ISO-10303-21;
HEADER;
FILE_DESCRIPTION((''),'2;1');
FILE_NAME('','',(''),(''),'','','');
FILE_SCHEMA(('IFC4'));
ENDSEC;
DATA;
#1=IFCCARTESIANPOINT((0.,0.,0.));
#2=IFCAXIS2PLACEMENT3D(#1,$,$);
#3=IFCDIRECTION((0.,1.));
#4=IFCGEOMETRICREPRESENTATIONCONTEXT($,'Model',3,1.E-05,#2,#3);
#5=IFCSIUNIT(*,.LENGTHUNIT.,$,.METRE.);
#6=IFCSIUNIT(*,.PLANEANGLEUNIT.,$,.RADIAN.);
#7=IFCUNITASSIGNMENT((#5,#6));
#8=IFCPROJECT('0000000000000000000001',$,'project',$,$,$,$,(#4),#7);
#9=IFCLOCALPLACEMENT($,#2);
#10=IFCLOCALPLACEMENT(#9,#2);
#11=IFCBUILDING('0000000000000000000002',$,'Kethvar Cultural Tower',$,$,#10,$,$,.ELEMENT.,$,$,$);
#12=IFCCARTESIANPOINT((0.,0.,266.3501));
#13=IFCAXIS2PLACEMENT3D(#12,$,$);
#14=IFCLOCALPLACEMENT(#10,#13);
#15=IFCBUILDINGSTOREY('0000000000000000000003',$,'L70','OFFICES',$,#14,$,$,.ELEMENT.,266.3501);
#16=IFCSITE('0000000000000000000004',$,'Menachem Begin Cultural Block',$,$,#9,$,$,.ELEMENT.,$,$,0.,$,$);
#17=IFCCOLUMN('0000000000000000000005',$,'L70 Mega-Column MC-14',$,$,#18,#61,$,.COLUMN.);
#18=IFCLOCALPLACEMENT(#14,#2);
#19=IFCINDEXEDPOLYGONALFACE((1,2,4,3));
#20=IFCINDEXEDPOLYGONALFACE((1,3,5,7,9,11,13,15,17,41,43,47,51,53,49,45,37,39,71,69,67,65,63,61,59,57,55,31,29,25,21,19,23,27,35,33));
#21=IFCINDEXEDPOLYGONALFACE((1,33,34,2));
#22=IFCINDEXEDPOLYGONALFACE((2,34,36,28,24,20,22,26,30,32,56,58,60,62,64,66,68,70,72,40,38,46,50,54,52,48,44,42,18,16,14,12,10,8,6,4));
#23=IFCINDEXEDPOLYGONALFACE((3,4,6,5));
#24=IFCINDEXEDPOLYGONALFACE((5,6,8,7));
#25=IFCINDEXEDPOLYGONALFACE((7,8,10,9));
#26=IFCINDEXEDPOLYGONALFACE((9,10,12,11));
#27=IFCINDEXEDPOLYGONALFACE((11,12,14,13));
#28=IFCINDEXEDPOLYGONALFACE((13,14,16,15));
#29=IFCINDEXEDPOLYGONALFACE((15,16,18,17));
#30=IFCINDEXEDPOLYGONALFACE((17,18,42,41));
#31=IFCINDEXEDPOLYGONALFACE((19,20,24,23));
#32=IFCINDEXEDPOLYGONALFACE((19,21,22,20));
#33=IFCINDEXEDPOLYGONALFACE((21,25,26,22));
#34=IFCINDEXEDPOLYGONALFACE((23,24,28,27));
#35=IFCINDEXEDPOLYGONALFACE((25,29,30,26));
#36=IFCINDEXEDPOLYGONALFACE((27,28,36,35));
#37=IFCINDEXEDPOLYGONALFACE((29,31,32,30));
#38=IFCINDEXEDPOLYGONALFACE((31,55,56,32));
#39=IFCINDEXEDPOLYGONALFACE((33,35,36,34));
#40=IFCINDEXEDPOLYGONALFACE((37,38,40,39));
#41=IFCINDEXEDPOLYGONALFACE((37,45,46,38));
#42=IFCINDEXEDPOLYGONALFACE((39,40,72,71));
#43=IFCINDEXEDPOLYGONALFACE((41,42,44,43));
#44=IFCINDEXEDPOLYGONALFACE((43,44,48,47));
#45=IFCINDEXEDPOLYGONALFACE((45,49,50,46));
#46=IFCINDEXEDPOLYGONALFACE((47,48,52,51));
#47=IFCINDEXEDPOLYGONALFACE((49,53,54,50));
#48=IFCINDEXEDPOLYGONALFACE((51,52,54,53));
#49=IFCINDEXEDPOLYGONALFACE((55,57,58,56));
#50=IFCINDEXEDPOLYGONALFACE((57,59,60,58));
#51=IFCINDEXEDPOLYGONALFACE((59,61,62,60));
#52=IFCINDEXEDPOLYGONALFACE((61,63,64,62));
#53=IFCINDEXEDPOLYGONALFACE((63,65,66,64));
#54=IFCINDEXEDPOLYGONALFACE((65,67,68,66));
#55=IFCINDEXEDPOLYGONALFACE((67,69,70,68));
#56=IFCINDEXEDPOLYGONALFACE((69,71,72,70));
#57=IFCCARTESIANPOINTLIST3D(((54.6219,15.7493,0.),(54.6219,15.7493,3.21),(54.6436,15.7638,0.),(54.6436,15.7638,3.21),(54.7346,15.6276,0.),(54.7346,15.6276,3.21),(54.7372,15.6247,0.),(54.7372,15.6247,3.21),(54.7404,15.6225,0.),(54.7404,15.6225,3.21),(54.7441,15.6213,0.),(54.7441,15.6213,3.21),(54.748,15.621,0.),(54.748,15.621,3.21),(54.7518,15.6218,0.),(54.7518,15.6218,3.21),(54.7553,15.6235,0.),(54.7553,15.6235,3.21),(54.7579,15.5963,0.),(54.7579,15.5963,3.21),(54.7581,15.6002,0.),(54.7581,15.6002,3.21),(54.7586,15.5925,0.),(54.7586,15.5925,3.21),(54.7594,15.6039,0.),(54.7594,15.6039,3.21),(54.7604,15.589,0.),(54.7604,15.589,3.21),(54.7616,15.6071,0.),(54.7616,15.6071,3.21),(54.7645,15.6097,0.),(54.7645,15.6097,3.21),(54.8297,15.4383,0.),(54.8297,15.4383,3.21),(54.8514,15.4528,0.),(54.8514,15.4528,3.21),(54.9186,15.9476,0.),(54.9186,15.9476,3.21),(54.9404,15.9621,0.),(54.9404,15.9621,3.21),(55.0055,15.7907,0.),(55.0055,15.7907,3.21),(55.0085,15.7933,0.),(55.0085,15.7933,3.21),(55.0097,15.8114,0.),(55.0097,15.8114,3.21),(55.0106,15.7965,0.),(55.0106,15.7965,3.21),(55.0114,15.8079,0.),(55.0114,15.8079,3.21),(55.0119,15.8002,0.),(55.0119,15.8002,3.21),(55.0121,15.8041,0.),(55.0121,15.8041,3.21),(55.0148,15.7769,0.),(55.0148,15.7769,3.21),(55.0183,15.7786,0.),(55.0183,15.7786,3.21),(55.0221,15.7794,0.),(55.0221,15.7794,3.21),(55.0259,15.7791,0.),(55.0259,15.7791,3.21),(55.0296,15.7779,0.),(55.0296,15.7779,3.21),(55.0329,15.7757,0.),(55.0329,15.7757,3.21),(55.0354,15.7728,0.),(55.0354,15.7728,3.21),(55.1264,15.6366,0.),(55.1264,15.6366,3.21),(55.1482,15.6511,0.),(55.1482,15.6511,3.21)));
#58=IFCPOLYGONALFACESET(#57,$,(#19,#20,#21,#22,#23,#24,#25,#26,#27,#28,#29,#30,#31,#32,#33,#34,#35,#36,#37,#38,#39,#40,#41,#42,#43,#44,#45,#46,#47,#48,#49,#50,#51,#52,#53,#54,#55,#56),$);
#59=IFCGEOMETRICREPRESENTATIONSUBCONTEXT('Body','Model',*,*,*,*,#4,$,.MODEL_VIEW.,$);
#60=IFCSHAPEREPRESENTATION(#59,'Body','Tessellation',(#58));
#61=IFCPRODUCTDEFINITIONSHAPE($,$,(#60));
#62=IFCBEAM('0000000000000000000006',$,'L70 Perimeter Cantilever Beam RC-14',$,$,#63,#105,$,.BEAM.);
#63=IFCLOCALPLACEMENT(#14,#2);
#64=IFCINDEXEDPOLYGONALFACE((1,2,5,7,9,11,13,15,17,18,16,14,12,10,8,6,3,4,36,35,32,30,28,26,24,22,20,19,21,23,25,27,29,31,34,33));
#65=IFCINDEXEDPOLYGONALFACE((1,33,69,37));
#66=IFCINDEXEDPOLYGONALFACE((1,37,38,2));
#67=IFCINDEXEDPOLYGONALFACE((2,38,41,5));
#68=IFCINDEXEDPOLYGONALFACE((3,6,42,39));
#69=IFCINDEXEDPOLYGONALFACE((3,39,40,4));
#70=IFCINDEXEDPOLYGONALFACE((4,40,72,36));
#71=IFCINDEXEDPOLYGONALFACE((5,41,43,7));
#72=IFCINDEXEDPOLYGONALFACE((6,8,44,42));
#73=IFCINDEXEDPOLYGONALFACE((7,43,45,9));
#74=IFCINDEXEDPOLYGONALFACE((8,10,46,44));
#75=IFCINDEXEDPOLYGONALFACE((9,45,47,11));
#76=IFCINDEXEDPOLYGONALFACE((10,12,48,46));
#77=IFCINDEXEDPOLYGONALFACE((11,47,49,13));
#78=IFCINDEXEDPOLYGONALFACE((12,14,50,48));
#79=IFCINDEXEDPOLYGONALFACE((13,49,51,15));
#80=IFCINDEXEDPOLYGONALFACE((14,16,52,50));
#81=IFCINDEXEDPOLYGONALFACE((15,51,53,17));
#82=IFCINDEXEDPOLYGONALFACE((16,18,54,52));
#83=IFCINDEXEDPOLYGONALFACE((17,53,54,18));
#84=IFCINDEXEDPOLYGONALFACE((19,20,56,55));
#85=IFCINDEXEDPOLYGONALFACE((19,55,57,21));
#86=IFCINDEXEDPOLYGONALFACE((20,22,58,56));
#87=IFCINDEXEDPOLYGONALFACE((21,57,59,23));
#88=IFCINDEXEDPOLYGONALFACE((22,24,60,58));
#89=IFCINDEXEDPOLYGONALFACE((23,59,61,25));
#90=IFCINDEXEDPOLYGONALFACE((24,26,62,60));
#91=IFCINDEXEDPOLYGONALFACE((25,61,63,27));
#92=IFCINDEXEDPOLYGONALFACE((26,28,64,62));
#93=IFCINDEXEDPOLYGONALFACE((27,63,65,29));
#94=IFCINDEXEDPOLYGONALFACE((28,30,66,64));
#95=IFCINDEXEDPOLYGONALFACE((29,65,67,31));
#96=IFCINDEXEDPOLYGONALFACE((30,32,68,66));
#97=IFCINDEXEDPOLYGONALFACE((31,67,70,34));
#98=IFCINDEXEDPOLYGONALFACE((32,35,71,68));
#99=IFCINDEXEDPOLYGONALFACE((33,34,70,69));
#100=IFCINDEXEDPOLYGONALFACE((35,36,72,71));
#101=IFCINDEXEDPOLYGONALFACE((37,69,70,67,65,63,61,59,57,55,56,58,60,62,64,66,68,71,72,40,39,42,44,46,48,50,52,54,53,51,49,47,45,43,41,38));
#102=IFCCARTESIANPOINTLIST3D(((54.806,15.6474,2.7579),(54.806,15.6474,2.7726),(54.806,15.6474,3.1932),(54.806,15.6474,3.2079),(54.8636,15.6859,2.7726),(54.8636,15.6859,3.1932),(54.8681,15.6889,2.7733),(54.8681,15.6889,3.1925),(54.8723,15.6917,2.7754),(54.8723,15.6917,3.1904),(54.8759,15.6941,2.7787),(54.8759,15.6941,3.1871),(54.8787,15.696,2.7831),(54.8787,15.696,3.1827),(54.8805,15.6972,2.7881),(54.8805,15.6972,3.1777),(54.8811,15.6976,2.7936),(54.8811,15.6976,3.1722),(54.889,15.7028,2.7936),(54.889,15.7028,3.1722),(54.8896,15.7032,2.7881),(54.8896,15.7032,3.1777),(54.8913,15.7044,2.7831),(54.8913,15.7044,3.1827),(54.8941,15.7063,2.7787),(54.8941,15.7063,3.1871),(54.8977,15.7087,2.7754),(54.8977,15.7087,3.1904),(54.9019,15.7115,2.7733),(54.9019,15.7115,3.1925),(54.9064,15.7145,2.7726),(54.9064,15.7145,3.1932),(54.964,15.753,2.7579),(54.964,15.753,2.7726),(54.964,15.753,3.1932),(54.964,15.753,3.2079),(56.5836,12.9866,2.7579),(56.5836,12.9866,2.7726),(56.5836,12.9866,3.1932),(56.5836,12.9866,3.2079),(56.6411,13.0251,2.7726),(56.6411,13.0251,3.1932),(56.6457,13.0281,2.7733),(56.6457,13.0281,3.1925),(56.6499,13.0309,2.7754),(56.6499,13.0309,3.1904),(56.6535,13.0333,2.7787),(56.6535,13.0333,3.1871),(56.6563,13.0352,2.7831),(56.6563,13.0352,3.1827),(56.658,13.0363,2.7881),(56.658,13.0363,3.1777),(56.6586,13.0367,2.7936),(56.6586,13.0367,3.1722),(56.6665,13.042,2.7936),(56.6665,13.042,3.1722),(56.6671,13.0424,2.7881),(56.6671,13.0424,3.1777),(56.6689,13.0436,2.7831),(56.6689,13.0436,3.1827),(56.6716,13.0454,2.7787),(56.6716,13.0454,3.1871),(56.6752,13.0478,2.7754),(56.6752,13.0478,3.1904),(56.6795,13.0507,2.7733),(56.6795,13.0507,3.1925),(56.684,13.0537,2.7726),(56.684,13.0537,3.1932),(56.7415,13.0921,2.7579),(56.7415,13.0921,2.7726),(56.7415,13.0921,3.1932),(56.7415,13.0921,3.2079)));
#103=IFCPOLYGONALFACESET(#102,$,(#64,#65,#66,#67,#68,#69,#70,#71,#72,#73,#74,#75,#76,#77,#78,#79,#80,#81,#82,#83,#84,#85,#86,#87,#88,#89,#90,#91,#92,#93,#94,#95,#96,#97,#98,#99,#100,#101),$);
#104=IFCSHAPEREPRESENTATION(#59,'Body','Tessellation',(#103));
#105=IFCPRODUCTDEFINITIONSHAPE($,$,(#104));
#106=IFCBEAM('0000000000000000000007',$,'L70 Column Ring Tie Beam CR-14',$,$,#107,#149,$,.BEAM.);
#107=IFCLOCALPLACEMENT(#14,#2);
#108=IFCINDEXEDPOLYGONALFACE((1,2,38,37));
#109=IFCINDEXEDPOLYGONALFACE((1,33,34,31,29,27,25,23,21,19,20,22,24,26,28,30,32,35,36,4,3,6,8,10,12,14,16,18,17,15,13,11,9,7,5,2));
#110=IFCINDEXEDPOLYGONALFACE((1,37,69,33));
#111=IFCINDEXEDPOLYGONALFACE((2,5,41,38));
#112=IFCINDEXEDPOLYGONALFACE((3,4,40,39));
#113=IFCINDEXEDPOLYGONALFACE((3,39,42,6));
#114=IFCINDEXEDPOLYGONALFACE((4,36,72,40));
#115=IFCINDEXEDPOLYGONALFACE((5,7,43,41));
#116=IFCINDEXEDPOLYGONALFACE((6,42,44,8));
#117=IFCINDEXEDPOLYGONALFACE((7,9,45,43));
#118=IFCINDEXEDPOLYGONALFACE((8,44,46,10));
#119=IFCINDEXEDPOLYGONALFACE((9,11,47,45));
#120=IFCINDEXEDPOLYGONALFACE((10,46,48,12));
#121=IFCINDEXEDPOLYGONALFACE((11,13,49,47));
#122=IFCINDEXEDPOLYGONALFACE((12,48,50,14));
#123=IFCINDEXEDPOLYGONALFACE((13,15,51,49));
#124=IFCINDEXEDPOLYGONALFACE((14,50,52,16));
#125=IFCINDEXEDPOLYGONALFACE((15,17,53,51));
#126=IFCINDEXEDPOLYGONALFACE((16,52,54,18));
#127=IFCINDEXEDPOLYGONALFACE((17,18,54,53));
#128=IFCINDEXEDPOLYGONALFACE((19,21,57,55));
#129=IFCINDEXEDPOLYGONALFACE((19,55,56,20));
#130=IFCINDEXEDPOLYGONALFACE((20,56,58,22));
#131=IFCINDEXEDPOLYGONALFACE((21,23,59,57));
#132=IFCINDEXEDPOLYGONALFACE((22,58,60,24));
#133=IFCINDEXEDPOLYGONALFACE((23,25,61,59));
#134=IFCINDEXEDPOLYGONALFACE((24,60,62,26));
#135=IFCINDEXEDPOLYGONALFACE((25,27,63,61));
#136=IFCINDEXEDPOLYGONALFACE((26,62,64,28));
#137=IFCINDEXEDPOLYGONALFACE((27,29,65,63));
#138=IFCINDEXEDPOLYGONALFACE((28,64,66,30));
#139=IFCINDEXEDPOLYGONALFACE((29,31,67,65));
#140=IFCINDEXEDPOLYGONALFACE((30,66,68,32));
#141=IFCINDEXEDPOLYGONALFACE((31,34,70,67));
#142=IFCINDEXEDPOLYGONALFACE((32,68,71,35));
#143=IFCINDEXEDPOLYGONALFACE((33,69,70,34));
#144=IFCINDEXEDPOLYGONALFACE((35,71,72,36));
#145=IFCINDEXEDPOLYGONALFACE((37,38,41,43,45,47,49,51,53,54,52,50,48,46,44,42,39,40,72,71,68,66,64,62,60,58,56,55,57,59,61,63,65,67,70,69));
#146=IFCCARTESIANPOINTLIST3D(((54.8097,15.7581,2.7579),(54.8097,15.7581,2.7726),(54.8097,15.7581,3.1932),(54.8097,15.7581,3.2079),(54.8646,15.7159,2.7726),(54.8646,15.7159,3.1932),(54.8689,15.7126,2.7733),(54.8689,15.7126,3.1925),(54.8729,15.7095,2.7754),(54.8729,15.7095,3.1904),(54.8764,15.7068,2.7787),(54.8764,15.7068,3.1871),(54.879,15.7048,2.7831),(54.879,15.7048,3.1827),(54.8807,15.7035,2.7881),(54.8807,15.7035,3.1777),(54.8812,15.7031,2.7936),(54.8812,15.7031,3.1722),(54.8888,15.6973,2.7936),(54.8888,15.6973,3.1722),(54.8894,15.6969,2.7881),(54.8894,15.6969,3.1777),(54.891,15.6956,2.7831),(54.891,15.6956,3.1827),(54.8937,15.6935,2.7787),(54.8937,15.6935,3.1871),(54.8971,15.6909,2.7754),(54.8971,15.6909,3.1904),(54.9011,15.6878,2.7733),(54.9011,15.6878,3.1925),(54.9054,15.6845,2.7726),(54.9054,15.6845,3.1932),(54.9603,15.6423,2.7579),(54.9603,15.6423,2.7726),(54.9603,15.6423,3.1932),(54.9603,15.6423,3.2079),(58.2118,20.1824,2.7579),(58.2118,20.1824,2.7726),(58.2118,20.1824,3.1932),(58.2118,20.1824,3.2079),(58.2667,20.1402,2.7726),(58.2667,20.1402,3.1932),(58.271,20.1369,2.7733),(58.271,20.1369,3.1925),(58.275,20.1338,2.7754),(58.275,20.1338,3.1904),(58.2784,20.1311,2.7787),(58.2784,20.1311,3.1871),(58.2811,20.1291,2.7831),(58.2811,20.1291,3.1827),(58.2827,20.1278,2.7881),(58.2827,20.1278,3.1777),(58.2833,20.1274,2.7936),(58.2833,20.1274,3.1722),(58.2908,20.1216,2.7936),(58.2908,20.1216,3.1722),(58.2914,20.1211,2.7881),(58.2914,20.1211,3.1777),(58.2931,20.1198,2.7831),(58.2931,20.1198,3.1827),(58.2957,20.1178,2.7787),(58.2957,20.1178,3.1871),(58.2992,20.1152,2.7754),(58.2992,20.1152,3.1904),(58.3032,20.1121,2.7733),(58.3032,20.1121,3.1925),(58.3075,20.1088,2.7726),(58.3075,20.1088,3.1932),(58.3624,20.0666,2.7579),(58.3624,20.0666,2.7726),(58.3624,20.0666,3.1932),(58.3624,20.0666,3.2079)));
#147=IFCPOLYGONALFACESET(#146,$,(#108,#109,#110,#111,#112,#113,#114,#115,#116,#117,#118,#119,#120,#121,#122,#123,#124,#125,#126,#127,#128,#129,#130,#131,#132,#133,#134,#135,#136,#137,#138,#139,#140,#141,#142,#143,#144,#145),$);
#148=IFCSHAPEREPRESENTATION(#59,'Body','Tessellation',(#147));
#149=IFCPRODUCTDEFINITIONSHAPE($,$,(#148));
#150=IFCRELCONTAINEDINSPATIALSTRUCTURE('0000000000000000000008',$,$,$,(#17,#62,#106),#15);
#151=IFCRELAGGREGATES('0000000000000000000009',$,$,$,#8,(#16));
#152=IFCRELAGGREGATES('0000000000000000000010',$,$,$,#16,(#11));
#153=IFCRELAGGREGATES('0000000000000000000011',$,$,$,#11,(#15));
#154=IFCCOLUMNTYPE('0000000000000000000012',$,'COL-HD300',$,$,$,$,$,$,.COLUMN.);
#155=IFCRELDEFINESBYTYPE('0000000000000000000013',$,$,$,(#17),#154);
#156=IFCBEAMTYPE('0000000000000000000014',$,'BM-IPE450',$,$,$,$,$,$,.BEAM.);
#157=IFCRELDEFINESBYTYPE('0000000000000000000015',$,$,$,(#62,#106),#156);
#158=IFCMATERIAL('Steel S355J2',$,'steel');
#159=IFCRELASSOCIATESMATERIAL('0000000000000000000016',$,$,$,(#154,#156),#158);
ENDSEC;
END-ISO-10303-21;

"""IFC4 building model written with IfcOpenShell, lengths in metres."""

from ifc_helpers import new_model, si_unit, direction, frame, origin, origin_2d, place, context, subcontext, project, spatial, i_section, extrude, source, transform, mapped, material, material_profile, profile_set, type_object, element, save


model = new_model("IFC4")

# Units and contexts
model_context = context("Model", 3, precision=1e-05, world=origin(), true_north=direction((0.0, 1.0)))
body_context = subcontext(model_context, "Body", "Model", "MODEL_VIEW")
ifc_project = project(units=[si_unit("LENGTHUNIT", "METRE"), si_unit("PLANEANGLEUNIT", "RADIAN")], contexts=[model_context])

# Site, building, storey
site_placement = place(None, origin())
site = spatial("IfcSite", under=ifc_project, at=site_placement, Name="Menachem Begin Cultural Block", CompositionType="ELEMENT", RefElevation=0.0)
building_placement = place(site_placement, origin())
building = spatial("IfcBuilding", under=site, at=building_placement, Name="Kethvar Cultural Tower", CompositionType="ELEMENT")
storey_placement = place(building_placement, frame((0.0, 0.0, 266.3501)))
storey = spatial("IfcBuildingStorey", under=building, at=storey_placement, Name="L70", Description="OFFICES", CompositionType="ELEMENT", Elevation=266.3501)

# Column
ifc_material_1 = material(Name="Steel S355J2", Category="steel")
ifc_material_profile_1 = material_profile(ifc_material_1, i_section(OverallWidth=0.374, OverallDepth=0.3831, WebThickness=0.0166, FlangeThickness=0.0261, FilletRadius=0.0149, at=origin_2d()), Name="Steel S355J2 — HD360x300")
ifc_profile_set_1 = profile_set([ifc_material_profile_1], Name="Steel S355J2 — HD360x300")
column_type = type_object("IfcColumnType", Name="COL-HD300", PredefinedType="COLUMN", material=ifc_profile_set_1)
shared_shape_1 = source(origin(), body_context, "Body", "SweptSolid", [
    extrude(i_section(OverallWidth=0.374, OverallDepth=0.3831, WebThickness=0.0166, FlangeThickness=0.0261, FilletRadius=0.0149, at=origin_2d()), origin(), (0.0, 0.0, 1.0), 3.21),
])
column_placement = place(storey_placement, frame((54.885, 15.7002, 0.0), z_axis=(0.0, 0.0, 1.0), x_axis=(0.55557, -0.83147, 0.0)))
element("IfcColumn", 1, at=column_placement, inside=storey, type_object=column_type, Name="L70 Mega-Column MC-14", PredefinedType="COLUMN", context=body_context, shape_type="MappedRepresentation", body=[
    mapped(shared_shape_1, transform((0.0, 0.0, 0.0), scale=1.0)),
])

# Beams
ifc_material_profile_2 = material_profile(ifc_material_1, i_section(OverallWidth=0.1899, OverallDepth=0.45, WebThickness=0.0095, FlangeThickness=0.0146, FilletRadius=0.021, at=origin_2d()), Name="Steel S355J2 — IPE450")
ifc_profile_set_2 = profile_set([ifc_material_profile_2], Name="Steel S355J2 — IPE450")
beam_type_1 = type_object("IfcBeamType", Name="BM-IPE450", PredefinedType="BEAM", material=ifc_profile_set_2)
shared_shape_2 = source(origin(), body_context, "Body", "SweptSolid", [
    extrude(i_section(OverallWidth=0.1899, OverallDepth=0.45, WebThickness=0.0095, FlangeThickness=0.0146, FilletRadius=0.021, at=origin_2d()), origin(), (0.0, 0.0, 1.0), 3.2),
])
beam_1_placement = place(storey_placement, frame((54.885, 15.7002, 2.9829), z_axis=(0.555492, -0.831522, 0.0), x_axis=(0.831522, 0.555492, 0.0)))
element("IfcBeam", 2, at=beam_1_placement, inside=storey, type_object=beam_type_1, Name="L70 Perimeter Cantilever Beam RC-14", PredefinedType="BEAM", context=body_context, shape_type="MappedRepresentation", body=[
    mapped(shared_shape_2, transform((0.0, 0.0, 0.0), scale=1.0)),
])
shared_shape_3 = source(origin(), body_context, "Body", "SweptSolid", [
    extrude(i_section(OverallWidth=0.1899, OverallDepth=0.45, WebThickness=0.0095, FlangeThickness=0.0146, FilletRadius=0.021, at=origin_2d()), origin(), (0.0, 0.0, 1.0), 5.5811),
])
beam_2_placement = place(storey_placement, frame((54.885, 15.7002, 2.9829), z_axis=(0.609573, 0.79273, 0.0), x_axis=(-0.79273, 0.609573, 0.0)))
element("IfcBeam", 3, at=beam_2_placement, inside=storey, type_object=beam_type_1, Name="L70 Column Ring Tie Beam CR-14", PredefinedType="BEAM", context=body_context, shape_type="MappedRepresentation", body=[
    mapped(shared_shape_3, transform((0.0, 0.0, 0.0), scale=1.0)),
])

save(model, "model.ifc")
